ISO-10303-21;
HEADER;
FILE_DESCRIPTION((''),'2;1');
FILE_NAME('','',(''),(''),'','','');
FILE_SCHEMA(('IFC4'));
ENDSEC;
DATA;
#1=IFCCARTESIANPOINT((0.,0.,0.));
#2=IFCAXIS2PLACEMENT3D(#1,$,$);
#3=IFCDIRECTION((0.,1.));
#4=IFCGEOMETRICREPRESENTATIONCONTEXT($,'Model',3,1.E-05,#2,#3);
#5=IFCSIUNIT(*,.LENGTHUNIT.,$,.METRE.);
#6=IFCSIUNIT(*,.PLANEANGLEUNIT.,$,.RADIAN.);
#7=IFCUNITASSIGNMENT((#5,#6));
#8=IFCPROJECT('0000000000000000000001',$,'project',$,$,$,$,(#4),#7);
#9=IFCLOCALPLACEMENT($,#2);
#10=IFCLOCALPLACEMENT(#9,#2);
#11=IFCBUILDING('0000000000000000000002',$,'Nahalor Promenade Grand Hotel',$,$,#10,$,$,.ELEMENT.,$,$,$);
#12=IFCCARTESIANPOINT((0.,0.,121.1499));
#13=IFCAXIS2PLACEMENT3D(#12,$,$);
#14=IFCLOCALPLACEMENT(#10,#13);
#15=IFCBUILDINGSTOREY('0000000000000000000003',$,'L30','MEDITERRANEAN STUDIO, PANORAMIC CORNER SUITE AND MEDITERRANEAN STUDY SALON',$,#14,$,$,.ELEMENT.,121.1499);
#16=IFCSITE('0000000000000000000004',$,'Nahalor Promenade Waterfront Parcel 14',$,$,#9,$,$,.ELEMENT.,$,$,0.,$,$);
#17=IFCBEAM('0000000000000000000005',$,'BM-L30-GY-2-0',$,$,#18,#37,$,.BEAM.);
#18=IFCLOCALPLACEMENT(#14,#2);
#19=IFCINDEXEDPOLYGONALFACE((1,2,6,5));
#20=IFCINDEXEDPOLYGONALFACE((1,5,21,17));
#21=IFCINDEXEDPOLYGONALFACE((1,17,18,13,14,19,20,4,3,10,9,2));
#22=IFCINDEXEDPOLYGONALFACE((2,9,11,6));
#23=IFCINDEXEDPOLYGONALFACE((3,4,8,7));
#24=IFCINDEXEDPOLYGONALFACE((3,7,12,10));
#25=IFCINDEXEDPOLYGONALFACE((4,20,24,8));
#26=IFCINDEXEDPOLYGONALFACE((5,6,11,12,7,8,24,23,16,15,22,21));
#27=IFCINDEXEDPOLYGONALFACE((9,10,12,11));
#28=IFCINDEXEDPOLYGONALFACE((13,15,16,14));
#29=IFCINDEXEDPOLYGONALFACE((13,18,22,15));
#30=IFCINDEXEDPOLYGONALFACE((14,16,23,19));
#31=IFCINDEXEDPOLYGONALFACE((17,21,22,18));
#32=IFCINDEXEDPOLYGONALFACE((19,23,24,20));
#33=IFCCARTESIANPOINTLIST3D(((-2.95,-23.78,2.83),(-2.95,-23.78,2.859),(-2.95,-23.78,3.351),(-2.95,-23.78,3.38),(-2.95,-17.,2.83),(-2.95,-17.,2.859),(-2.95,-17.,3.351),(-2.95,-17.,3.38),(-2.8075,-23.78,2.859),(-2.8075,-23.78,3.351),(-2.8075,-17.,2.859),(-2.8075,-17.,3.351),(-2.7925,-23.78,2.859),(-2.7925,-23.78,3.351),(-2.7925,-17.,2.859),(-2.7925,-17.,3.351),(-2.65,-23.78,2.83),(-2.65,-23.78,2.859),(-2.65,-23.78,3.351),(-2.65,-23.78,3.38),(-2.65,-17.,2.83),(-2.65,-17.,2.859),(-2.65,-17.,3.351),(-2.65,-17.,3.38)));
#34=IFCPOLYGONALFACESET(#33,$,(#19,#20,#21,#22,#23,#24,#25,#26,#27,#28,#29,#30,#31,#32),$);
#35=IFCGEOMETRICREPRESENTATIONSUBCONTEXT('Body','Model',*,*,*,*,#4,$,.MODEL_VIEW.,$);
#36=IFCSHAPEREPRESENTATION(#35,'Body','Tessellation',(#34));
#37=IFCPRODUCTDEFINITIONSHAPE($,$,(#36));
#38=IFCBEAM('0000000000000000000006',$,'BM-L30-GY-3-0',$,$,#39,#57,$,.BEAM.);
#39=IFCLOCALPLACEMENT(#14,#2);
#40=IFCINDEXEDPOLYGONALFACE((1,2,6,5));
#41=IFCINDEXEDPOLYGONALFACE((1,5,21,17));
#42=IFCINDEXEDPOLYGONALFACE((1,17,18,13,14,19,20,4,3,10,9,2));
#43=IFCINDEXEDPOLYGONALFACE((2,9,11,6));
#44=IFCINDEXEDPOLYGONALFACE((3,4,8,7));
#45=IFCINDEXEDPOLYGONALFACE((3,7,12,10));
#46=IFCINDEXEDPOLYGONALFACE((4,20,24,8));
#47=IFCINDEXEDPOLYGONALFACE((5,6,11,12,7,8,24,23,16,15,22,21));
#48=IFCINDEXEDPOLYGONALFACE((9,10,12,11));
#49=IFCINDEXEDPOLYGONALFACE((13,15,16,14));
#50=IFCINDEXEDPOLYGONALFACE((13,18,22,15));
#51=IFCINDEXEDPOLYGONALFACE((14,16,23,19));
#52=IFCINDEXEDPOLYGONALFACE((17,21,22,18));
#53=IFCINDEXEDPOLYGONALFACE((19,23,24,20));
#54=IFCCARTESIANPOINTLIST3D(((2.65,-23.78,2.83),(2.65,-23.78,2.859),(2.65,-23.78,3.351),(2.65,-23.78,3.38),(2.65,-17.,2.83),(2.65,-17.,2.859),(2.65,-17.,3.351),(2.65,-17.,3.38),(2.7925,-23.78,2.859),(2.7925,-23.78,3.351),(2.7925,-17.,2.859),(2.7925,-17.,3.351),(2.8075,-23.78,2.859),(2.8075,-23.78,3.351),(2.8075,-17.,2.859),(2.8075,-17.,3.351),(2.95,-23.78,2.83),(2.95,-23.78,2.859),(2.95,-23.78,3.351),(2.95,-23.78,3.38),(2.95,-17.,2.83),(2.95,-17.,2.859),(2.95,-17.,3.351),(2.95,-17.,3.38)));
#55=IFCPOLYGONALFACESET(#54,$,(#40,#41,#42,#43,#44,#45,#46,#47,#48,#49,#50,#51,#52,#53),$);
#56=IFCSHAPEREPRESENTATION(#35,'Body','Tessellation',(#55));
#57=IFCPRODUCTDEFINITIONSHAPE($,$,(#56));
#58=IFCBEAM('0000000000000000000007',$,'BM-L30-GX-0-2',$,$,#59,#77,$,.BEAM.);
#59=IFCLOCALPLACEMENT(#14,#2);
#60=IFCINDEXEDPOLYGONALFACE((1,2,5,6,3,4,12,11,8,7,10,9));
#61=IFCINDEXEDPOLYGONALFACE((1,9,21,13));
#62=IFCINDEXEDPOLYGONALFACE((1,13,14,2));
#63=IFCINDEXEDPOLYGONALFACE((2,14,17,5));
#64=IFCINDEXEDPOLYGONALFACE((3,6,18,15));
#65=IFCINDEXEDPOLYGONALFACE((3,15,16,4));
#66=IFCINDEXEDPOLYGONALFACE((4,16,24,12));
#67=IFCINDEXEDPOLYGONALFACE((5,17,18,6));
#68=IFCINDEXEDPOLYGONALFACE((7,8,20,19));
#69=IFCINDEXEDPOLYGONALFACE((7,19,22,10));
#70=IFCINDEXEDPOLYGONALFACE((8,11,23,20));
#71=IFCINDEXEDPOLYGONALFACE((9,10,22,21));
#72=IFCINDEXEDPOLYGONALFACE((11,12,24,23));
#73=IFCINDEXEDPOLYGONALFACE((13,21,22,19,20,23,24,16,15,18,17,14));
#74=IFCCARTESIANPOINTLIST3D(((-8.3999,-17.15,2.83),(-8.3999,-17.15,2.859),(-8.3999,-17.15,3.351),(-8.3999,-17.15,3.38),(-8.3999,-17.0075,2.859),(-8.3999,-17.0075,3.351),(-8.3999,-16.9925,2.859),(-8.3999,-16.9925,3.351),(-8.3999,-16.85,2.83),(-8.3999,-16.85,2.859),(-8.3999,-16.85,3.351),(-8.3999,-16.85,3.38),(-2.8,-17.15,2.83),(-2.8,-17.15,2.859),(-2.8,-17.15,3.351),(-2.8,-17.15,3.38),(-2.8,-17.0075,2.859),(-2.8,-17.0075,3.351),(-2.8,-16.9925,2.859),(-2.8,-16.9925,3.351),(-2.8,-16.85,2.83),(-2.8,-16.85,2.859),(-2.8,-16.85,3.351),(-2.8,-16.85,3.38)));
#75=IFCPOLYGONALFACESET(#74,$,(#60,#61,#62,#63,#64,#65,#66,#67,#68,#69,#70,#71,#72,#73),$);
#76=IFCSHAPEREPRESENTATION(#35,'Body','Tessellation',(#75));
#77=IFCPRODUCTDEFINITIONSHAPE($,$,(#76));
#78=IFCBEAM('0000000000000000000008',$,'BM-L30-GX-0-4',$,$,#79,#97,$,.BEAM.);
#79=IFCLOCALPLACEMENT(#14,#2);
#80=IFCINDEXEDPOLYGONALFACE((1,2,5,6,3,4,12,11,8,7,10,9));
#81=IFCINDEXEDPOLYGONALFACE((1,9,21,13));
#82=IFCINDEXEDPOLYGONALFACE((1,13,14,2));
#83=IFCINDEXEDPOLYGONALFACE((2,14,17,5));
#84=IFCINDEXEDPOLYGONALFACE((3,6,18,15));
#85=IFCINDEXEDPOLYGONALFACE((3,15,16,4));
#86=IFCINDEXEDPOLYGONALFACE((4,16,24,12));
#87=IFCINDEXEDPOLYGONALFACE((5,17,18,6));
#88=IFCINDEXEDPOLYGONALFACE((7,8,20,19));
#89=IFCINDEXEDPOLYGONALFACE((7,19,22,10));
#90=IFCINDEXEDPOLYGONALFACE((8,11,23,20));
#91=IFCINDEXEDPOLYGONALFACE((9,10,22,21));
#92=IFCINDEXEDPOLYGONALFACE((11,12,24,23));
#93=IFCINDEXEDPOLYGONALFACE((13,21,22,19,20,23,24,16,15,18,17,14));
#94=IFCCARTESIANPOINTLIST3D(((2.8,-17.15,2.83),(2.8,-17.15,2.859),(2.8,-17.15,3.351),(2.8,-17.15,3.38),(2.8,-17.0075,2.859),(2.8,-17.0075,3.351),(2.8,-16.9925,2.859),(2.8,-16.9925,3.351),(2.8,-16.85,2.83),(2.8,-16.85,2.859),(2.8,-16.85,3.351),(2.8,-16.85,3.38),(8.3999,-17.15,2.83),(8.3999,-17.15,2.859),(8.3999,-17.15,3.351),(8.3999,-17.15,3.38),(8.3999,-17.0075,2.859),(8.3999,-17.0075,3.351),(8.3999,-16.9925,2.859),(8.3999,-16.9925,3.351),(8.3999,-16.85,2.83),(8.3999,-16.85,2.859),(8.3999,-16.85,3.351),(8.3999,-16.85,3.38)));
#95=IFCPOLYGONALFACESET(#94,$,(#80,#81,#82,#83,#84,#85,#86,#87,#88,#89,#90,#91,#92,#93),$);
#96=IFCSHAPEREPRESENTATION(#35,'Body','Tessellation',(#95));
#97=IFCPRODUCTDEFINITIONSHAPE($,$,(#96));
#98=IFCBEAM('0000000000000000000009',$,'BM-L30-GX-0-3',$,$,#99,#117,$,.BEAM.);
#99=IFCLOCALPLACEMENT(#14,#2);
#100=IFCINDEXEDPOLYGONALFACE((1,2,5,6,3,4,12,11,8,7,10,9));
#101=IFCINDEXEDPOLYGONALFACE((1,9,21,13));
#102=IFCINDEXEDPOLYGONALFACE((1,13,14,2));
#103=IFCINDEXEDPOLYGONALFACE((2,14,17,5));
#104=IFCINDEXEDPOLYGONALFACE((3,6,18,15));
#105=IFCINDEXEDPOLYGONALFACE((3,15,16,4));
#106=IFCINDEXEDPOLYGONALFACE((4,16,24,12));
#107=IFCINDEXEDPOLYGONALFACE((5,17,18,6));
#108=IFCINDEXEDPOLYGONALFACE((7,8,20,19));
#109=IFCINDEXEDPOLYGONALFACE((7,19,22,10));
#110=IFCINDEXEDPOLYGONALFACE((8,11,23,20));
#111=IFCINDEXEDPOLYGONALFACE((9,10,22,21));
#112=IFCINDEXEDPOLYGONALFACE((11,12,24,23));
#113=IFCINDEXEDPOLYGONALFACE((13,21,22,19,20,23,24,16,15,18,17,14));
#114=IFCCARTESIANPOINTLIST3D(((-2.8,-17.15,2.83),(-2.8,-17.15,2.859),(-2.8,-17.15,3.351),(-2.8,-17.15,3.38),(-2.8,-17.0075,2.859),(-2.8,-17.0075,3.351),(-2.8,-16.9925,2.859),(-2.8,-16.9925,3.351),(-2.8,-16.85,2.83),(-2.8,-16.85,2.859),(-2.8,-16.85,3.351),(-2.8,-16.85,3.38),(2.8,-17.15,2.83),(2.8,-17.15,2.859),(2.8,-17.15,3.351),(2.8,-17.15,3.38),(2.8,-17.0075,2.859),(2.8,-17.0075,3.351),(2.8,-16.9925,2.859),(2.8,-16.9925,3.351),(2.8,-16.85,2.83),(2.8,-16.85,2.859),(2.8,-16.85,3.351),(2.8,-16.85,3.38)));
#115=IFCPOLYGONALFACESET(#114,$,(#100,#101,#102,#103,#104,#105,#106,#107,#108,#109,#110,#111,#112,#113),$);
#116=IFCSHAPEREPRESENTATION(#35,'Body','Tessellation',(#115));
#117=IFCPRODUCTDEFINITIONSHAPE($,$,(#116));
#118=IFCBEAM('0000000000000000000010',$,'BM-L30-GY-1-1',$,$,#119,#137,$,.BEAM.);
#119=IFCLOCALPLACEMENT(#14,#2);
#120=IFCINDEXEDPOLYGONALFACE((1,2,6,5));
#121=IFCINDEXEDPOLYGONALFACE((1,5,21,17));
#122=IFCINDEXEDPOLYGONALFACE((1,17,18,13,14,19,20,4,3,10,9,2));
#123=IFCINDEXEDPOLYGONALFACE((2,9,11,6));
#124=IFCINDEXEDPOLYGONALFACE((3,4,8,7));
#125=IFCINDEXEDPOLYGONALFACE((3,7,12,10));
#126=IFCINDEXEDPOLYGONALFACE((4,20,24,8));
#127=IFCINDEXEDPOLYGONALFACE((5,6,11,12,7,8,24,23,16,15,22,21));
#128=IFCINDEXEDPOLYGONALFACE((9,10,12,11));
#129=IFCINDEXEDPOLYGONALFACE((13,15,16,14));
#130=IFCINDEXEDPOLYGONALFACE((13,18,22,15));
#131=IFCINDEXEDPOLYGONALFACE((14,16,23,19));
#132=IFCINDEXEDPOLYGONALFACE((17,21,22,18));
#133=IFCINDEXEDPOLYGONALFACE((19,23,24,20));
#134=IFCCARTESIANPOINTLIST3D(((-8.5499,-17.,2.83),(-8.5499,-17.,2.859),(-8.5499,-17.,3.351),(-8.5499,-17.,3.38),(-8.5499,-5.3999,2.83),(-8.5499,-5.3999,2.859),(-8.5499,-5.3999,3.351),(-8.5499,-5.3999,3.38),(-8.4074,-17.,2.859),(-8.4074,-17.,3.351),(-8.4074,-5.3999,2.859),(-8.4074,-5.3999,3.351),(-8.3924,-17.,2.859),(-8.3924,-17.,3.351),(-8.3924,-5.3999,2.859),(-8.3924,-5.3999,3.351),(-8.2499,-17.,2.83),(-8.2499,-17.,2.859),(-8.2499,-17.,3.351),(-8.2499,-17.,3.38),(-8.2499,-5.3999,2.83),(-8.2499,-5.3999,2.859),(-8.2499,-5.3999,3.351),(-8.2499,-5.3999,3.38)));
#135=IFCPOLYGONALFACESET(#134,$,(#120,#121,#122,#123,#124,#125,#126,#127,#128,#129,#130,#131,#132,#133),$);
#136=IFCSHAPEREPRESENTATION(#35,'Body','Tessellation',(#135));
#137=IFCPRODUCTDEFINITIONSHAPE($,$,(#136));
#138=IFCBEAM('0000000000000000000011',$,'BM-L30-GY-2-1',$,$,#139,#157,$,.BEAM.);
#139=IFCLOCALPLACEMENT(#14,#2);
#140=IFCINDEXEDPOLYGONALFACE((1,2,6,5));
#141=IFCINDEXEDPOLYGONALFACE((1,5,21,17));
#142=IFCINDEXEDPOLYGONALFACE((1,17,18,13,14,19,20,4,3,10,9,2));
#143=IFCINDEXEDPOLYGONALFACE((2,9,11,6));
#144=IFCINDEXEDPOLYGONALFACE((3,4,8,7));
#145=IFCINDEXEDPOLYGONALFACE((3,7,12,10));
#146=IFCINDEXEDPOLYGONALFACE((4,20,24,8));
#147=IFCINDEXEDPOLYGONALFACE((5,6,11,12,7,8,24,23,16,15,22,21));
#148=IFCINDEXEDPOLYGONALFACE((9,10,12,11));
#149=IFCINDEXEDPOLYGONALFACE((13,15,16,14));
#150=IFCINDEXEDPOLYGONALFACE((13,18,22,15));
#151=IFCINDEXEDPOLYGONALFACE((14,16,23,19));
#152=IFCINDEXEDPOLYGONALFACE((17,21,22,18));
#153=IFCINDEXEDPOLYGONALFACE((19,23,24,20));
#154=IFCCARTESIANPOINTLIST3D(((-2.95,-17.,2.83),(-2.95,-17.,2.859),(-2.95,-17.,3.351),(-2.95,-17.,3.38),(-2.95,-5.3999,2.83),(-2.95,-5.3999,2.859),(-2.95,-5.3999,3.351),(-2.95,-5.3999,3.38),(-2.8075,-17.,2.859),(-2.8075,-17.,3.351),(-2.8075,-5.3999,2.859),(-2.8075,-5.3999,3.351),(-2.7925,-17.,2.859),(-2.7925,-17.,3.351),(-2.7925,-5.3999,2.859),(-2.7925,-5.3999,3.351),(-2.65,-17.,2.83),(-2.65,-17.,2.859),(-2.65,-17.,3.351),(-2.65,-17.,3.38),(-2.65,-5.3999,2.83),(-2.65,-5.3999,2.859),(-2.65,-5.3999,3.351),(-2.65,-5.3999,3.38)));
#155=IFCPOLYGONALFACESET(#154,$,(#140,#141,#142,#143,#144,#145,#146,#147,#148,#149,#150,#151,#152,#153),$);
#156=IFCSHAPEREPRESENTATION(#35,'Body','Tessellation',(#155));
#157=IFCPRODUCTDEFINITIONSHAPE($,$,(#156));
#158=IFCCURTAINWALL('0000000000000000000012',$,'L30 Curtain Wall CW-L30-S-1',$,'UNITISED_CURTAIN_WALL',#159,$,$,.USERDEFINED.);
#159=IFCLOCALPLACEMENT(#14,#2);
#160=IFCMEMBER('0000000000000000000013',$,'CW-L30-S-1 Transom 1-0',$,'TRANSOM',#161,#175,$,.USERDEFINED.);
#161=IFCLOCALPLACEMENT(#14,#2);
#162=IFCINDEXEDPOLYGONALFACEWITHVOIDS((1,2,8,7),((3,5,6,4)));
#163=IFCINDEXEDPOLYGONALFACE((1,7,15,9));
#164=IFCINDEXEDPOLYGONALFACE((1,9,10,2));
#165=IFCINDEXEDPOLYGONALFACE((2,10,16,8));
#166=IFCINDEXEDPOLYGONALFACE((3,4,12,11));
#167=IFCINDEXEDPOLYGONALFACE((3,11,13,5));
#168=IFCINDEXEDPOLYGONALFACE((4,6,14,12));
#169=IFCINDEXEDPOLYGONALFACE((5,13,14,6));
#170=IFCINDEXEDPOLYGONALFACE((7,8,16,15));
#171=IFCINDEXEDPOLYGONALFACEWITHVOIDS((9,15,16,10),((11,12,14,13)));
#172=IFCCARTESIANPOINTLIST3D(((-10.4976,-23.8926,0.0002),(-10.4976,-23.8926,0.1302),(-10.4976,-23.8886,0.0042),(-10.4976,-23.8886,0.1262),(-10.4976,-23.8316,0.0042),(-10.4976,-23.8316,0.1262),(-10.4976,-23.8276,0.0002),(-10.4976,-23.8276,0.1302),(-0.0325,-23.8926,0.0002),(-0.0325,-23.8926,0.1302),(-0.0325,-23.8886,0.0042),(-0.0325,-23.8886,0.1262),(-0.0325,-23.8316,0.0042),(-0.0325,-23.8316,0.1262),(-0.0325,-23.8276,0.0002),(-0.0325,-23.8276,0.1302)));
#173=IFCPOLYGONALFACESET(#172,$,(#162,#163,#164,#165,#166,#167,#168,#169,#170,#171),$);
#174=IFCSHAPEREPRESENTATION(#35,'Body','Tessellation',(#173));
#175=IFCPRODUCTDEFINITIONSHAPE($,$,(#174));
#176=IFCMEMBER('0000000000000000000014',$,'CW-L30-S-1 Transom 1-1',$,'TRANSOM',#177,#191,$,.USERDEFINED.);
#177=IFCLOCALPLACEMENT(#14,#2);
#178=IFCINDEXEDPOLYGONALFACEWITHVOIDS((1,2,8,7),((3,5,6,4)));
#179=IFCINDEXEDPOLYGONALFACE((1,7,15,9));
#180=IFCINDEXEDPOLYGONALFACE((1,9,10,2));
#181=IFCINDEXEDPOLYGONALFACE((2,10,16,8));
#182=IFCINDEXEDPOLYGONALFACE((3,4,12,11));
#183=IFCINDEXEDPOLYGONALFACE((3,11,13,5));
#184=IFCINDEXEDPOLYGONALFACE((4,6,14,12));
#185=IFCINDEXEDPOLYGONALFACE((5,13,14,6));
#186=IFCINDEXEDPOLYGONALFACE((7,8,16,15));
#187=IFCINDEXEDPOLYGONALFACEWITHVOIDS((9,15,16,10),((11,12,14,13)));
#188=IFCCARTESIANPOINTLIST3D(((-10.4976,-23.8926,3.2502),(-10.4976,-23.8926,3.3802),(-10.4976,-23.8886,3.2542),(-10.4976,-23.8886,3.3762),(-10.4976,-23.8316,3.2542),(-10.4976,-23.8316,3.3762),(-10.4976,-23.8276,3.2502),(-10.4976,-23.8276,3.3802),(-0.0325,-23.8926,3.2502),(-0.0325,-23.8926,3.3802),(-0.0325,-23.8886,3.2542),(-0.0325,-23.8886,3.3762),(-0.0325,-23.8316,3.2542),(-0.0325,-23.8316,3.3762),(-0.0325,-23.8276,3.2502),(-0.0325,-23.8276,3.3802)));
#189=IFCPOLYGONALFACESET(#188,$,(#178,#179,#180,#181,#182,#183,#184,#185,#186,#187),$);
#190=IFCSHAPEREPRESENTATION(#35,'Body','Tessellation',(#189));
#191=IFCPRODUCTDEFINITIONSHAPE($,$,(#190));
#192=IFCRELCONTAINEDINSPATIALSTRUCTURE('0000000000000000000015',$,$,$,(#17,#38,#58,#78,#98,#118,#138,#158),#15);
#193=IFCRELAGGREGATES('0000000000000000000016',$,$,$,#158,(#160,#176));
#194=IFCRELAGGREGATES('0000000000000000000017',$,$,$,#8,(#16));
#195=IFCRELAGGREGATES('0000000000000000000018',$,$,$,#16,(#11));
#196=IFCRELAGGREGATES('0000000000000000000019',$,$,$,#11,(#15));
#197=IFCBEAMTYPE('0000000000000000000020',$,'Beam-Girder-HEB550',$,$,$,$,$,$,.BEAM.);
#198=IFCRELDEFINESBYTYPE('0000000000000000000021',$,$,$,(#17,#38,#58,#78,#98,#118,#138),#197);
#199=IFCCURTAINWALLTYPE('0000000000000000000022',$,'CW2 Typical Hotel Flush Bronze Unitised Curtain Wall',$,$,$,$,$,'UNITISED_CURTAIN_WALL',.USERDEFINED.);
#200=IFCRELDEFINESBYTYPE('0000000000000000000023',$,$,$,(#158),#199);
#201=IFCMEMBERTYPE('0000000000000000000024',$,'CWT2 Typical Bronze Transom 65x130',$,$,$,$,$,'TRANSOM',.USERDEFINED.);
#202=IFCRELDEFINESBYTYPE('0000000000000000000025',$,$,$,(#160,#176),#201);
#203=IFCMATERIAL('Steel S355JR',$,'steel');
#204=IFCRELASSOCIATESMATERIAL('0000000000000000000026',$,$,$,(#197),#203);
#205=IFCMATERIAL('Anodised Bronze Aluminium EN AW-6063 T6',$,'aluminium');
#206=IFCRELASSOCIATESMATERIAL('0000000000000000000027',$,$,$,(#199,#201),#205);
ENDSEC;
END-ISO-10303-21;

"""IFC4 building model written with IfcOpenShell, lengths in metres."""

from ifc_helpers import new_model, si_unit, direction, frame, origin, origin_2d, place, context, subcontext, project, spatial, hollow_rectangle, i_section, extrude, source, transform, mapped, material, material_profile, profile_set, type_object, element, aggregate, save


model = new_model("IFC4")

# Units and contexts
model_context = context("Model", 3, precision=1e-05, world=origin(), true_north=direction((0.0, 1.0)))
body_context = subcontext(model_context, "Body", "Model", "MODEL_VIEW")
ifc_project = project(units=[si_unit("LENGTHUNIT", "METRE"), si_unit("PLANEANGLEUNIT", "RADIAN")], contexts=[model_context])

# Site, building, storey
site_placement = place(None, origin())
site = spatial("IfcSite", under=ifc_project, at=site_placement, Name="Nahalor Promenade Waterfront Parcel 14", CompositionType="ELEMENT", RefElevation=0.0)
building_placement = place(site_placement, origin())
building = spatial("IfcBuilding", under=site, at=building_placement, Name="Nahalor Promenade Grand Hotel", CompositionType="ELEMENT")
storey_placement = place(building_placement, frame((0.0, 0.0, 121.1499)))
storey = spatial("IfcBuildingStorey", under=building, at=storey_placement, Name="L30", Description="MEDITERRANEAN STUDIO, PANORAMIC CORNER SUITE AND MEDITERRANEAN STUDY SALON", CompositionType="ELEMENT", Elevation=121.1499)

# Beams
ifc_material_1 = material(Name="Steel S355JR", Category="steel")
ifc_material_profile_1 = material_profile(ifc_material_1, i_section(OverallWidth=0.3, OverallDepth=0.55, WebThickness=0.015, FlangeThickness=0.029, at=origin_2d()), Name="HEB 550")
ifc_profile_set_1 = profile_set([ifc_material_profile_1], Name="Steel S355JR")
beam_type_1 = type_object("IfcBeamType", Name="Beam-Girder-HEB550", PredefinedType="BEAM", material=ifc_profile_set_1)
shared_shape_1 = source(origin(), body_context, "Body", "SweptSolid", [
    extrude(i_section(OverallWidth=0.3, OverallDepth=0.55, WebThickness=0.015, FlangeThickness=0.029, at=origin_2d()), origin(), (0.0, 0.0, 1.0), 6.78),
])
for number, where, z_axis, x_axis, name in (
    (1, (-2.8, -23.78, 3.105), (0.0, 1.0, 0.0), (-1.0, 0.0, 0.0), "BM-L30-GY-2-0"),
    (2, (2.8, -23.78, 3.105), (0.0, 1.0, 0.0), (-1.0, 0.0, 0.0), "BM-L30-GY-3-0"),
):
    element("IfcBeam", number, at=place(storey_placement, frame(where, z_axis=z_axis, x_axis=x_axis)), inside=storey, type_object=beam_type_1, Name=name, PredefinedType="BEAM", context=body_context, shape_type="MappedRepresentation", body=[
        mapped(shared_shape_1, transform((0.0, 0.0, 0.0), scale=1.0)),
    ])
shared_shape_2 = source(origin(), body_context, "Body", "SweptSolid", [
    extrude(i_section(OverallWidth=0.3, OverallDepth=0.55, WebThickness=0.015, FlangeThickness=0.029, at=origin_2d()), origin(), (0.0, 0.0, 1.0), 5.5999),
])
for number, where, z_axis, x_axis, name in (
    (3, (-8.3999, -17.0, 3.105), (1.0, 0.0, 0.0), (0.0, 1.0, 0.0), "BM-L30-GX-0-2"),
    (4, (2.8, -17.0, 3.105), (1.0, 0.0, 0.0), (0.0, 1.0, 0.0), "BM-L30-GX-0-4"),
):
    element("IfcBeam", number, at=place(storey_placement, frame(where, z_axis=z_axis, x_axis=x_axis)), inside=storey, type_object=beam_type_1, Name=name, PredefinedType="BEAM", context=body_context, shape_type="MappedRepresentation", body=[
        mapped(shared_shape_2, transform((0.0, 0.0, 0.0), scale=1.0)),
    ])
shared_shape_3 = source(origin(), body_context, "Body", "SweptSolid", [
    extrude(i_section(OverallWidth=0.3, OverallDepth=0.55, WebThickness=0.015, FlangeThickness=0.029, at=origin_2d()), origin(), (0.0, 0.0, 1.0), 5.6001),
])
beam_1_placement = place(storey_placement, frame((-2.8, -17.0, 3.105), z_axis=(1.0, 0.0, 0.0), x_axis=(0.0, 1.0, 0.0)))
element("IfcBeam", 5, at=beam_1_placement, inside=storey, type_object=beam_type_1, Name="BM-L30-GX-0-3", PredefinedType="BEAM", context=body_context, shape_type="MappedRepresentation", body=[
    mapped(shared_shape_3, transform((0.0, 0.0, 0.0), scale=1.0)),
])
shared_shape_4 = source(origin(), body_context, "Body", "SweptSolid", [
    extrude(i_section(OverallWidth=0.3, OverallDepth=0.55, WebThickness=0.015, FlangeThickness=0.029, at=origin_2d()), origin(), (0.0, 0.0, 1.0), 11.6001),
])
for number, where, z_axis, x_axis, name in (
    (6, (-8.3999, -17.0, 3.105), (0.0, 1.0, 0.0), (-1.0, 0.0, 0.0), "BM-L30-GY-1-1"),
    (7, (-2.8, -17.0, 3.105), (0.0, 1.0, 0.0), (-1.0, 0.0, 0.0), "BM-L30-GY-2-1"),
):
    element("IfcBeam", number, at=place(storey_placement, frame(where, z_axis=z_axis, x_axis=x_axis)), inside=storey, type_object=beam_type_1, Name=name, PredefinedType="BEAM", context=body_context, shape_type="MappedRepresentation", body=[
        mapped(shared_shape_4, transform((0.0, 0.0, 0.0), scale=1.0)),
    ])

# Curtain wall, members
ifc_material_2 = material(Name="Anodised Bronze Aluminium EN AW-6063 T6", Category="aluminium")
curtain_wall_type = type_object("IfcCurtainWallType", Name="CW2 Typical Hotel Flush Bronze Unitised Curtain Wall", ElementType="UNITISED_CURTAIN_WALL", PredefinedType="USERDEFINED", material=ifc_material_2)
curtain_wall_placement = place(storey_placement, origin())
curtain_wall = element("IfcCurtainWall", 8, at=curtain_wall_placement, inside=storey, type_object=curtain_wall_type, Name="L30 Curtain Wall CW-L30-S-1", ObjectType="UNITISED_CURTAIN_WALL", PredefinedType="USERDEFINED")
ifc_material_profile_2 = material_profile(ifc_material_2, hollow_rectangle(XDim=0.065, YDim=0.13, WallThickness=0.004, at=origin_2d()), Name="CWT 65x130x4")
ifc_profile_set_2 = profile_set([ifc_material_profile_2], Name="Anodised Bronze Aluminium EN AW-6063 T6")
member_type_1 = type_object("IfcMemberType", Name="CWT2 Typical Bronze Transom 65x130", ElementType="TRANSOM", PredefinedType="USERDEFINED", material=ifc_profile_set_2)
shared_shape_5 = source(origin(), body_context, "Body", "SweptSolid", [
    extrude(hollow_rectangle(XDim=0.065, YDim=0.13, WallThickness=0.004, at=origin_2d()), origin(), (0.0, 0.0, 1.0), 10.4651),
])
member_1_placement = place(storey_placement, frame((-10.4976, -23.8601, 0.0652), z_axis=(1.0, 0.0, 0.0), x_axis=(0.0, 1.0, 0.0)))
member_1 = element("IfcMember", 9, at=member_1_placement, type_object=member_type_1, Name="CW-L30-S-1 Transom 1-0", ObjectType="TRANSOM", PredefinedType="USERDEFINED", context=body_context, shape_type="MappedRepresentation", body=[
    mapped(shared_shape_5, transform((0.0, 0.0, 0.0), scale=1.0)),
])
member_2_placement = place(storey_placement, frame((-10.4976, -23.8601, 3.3152), z_axis=(1.0, 0.0, 0.0), x_axis=(0.0, 1.0, 0.0)))
member_2 = element("IfcMember", 10, at=member_2_placement, type_object=member_type_1, Name="CW-L30-S-1 Transom 1-1", ObjectType="TRANSOM", PredefinedType="USERDEFINED", context=body_context, shape_type="MappedRepresentation", body=[
    mapped(shared_shape_5, transform((0.0, 0.0, 0.0), scale=1.0)),
])
aggregate(curtain_wall, [member_1, member_2])

save(model, "model.ifc")
